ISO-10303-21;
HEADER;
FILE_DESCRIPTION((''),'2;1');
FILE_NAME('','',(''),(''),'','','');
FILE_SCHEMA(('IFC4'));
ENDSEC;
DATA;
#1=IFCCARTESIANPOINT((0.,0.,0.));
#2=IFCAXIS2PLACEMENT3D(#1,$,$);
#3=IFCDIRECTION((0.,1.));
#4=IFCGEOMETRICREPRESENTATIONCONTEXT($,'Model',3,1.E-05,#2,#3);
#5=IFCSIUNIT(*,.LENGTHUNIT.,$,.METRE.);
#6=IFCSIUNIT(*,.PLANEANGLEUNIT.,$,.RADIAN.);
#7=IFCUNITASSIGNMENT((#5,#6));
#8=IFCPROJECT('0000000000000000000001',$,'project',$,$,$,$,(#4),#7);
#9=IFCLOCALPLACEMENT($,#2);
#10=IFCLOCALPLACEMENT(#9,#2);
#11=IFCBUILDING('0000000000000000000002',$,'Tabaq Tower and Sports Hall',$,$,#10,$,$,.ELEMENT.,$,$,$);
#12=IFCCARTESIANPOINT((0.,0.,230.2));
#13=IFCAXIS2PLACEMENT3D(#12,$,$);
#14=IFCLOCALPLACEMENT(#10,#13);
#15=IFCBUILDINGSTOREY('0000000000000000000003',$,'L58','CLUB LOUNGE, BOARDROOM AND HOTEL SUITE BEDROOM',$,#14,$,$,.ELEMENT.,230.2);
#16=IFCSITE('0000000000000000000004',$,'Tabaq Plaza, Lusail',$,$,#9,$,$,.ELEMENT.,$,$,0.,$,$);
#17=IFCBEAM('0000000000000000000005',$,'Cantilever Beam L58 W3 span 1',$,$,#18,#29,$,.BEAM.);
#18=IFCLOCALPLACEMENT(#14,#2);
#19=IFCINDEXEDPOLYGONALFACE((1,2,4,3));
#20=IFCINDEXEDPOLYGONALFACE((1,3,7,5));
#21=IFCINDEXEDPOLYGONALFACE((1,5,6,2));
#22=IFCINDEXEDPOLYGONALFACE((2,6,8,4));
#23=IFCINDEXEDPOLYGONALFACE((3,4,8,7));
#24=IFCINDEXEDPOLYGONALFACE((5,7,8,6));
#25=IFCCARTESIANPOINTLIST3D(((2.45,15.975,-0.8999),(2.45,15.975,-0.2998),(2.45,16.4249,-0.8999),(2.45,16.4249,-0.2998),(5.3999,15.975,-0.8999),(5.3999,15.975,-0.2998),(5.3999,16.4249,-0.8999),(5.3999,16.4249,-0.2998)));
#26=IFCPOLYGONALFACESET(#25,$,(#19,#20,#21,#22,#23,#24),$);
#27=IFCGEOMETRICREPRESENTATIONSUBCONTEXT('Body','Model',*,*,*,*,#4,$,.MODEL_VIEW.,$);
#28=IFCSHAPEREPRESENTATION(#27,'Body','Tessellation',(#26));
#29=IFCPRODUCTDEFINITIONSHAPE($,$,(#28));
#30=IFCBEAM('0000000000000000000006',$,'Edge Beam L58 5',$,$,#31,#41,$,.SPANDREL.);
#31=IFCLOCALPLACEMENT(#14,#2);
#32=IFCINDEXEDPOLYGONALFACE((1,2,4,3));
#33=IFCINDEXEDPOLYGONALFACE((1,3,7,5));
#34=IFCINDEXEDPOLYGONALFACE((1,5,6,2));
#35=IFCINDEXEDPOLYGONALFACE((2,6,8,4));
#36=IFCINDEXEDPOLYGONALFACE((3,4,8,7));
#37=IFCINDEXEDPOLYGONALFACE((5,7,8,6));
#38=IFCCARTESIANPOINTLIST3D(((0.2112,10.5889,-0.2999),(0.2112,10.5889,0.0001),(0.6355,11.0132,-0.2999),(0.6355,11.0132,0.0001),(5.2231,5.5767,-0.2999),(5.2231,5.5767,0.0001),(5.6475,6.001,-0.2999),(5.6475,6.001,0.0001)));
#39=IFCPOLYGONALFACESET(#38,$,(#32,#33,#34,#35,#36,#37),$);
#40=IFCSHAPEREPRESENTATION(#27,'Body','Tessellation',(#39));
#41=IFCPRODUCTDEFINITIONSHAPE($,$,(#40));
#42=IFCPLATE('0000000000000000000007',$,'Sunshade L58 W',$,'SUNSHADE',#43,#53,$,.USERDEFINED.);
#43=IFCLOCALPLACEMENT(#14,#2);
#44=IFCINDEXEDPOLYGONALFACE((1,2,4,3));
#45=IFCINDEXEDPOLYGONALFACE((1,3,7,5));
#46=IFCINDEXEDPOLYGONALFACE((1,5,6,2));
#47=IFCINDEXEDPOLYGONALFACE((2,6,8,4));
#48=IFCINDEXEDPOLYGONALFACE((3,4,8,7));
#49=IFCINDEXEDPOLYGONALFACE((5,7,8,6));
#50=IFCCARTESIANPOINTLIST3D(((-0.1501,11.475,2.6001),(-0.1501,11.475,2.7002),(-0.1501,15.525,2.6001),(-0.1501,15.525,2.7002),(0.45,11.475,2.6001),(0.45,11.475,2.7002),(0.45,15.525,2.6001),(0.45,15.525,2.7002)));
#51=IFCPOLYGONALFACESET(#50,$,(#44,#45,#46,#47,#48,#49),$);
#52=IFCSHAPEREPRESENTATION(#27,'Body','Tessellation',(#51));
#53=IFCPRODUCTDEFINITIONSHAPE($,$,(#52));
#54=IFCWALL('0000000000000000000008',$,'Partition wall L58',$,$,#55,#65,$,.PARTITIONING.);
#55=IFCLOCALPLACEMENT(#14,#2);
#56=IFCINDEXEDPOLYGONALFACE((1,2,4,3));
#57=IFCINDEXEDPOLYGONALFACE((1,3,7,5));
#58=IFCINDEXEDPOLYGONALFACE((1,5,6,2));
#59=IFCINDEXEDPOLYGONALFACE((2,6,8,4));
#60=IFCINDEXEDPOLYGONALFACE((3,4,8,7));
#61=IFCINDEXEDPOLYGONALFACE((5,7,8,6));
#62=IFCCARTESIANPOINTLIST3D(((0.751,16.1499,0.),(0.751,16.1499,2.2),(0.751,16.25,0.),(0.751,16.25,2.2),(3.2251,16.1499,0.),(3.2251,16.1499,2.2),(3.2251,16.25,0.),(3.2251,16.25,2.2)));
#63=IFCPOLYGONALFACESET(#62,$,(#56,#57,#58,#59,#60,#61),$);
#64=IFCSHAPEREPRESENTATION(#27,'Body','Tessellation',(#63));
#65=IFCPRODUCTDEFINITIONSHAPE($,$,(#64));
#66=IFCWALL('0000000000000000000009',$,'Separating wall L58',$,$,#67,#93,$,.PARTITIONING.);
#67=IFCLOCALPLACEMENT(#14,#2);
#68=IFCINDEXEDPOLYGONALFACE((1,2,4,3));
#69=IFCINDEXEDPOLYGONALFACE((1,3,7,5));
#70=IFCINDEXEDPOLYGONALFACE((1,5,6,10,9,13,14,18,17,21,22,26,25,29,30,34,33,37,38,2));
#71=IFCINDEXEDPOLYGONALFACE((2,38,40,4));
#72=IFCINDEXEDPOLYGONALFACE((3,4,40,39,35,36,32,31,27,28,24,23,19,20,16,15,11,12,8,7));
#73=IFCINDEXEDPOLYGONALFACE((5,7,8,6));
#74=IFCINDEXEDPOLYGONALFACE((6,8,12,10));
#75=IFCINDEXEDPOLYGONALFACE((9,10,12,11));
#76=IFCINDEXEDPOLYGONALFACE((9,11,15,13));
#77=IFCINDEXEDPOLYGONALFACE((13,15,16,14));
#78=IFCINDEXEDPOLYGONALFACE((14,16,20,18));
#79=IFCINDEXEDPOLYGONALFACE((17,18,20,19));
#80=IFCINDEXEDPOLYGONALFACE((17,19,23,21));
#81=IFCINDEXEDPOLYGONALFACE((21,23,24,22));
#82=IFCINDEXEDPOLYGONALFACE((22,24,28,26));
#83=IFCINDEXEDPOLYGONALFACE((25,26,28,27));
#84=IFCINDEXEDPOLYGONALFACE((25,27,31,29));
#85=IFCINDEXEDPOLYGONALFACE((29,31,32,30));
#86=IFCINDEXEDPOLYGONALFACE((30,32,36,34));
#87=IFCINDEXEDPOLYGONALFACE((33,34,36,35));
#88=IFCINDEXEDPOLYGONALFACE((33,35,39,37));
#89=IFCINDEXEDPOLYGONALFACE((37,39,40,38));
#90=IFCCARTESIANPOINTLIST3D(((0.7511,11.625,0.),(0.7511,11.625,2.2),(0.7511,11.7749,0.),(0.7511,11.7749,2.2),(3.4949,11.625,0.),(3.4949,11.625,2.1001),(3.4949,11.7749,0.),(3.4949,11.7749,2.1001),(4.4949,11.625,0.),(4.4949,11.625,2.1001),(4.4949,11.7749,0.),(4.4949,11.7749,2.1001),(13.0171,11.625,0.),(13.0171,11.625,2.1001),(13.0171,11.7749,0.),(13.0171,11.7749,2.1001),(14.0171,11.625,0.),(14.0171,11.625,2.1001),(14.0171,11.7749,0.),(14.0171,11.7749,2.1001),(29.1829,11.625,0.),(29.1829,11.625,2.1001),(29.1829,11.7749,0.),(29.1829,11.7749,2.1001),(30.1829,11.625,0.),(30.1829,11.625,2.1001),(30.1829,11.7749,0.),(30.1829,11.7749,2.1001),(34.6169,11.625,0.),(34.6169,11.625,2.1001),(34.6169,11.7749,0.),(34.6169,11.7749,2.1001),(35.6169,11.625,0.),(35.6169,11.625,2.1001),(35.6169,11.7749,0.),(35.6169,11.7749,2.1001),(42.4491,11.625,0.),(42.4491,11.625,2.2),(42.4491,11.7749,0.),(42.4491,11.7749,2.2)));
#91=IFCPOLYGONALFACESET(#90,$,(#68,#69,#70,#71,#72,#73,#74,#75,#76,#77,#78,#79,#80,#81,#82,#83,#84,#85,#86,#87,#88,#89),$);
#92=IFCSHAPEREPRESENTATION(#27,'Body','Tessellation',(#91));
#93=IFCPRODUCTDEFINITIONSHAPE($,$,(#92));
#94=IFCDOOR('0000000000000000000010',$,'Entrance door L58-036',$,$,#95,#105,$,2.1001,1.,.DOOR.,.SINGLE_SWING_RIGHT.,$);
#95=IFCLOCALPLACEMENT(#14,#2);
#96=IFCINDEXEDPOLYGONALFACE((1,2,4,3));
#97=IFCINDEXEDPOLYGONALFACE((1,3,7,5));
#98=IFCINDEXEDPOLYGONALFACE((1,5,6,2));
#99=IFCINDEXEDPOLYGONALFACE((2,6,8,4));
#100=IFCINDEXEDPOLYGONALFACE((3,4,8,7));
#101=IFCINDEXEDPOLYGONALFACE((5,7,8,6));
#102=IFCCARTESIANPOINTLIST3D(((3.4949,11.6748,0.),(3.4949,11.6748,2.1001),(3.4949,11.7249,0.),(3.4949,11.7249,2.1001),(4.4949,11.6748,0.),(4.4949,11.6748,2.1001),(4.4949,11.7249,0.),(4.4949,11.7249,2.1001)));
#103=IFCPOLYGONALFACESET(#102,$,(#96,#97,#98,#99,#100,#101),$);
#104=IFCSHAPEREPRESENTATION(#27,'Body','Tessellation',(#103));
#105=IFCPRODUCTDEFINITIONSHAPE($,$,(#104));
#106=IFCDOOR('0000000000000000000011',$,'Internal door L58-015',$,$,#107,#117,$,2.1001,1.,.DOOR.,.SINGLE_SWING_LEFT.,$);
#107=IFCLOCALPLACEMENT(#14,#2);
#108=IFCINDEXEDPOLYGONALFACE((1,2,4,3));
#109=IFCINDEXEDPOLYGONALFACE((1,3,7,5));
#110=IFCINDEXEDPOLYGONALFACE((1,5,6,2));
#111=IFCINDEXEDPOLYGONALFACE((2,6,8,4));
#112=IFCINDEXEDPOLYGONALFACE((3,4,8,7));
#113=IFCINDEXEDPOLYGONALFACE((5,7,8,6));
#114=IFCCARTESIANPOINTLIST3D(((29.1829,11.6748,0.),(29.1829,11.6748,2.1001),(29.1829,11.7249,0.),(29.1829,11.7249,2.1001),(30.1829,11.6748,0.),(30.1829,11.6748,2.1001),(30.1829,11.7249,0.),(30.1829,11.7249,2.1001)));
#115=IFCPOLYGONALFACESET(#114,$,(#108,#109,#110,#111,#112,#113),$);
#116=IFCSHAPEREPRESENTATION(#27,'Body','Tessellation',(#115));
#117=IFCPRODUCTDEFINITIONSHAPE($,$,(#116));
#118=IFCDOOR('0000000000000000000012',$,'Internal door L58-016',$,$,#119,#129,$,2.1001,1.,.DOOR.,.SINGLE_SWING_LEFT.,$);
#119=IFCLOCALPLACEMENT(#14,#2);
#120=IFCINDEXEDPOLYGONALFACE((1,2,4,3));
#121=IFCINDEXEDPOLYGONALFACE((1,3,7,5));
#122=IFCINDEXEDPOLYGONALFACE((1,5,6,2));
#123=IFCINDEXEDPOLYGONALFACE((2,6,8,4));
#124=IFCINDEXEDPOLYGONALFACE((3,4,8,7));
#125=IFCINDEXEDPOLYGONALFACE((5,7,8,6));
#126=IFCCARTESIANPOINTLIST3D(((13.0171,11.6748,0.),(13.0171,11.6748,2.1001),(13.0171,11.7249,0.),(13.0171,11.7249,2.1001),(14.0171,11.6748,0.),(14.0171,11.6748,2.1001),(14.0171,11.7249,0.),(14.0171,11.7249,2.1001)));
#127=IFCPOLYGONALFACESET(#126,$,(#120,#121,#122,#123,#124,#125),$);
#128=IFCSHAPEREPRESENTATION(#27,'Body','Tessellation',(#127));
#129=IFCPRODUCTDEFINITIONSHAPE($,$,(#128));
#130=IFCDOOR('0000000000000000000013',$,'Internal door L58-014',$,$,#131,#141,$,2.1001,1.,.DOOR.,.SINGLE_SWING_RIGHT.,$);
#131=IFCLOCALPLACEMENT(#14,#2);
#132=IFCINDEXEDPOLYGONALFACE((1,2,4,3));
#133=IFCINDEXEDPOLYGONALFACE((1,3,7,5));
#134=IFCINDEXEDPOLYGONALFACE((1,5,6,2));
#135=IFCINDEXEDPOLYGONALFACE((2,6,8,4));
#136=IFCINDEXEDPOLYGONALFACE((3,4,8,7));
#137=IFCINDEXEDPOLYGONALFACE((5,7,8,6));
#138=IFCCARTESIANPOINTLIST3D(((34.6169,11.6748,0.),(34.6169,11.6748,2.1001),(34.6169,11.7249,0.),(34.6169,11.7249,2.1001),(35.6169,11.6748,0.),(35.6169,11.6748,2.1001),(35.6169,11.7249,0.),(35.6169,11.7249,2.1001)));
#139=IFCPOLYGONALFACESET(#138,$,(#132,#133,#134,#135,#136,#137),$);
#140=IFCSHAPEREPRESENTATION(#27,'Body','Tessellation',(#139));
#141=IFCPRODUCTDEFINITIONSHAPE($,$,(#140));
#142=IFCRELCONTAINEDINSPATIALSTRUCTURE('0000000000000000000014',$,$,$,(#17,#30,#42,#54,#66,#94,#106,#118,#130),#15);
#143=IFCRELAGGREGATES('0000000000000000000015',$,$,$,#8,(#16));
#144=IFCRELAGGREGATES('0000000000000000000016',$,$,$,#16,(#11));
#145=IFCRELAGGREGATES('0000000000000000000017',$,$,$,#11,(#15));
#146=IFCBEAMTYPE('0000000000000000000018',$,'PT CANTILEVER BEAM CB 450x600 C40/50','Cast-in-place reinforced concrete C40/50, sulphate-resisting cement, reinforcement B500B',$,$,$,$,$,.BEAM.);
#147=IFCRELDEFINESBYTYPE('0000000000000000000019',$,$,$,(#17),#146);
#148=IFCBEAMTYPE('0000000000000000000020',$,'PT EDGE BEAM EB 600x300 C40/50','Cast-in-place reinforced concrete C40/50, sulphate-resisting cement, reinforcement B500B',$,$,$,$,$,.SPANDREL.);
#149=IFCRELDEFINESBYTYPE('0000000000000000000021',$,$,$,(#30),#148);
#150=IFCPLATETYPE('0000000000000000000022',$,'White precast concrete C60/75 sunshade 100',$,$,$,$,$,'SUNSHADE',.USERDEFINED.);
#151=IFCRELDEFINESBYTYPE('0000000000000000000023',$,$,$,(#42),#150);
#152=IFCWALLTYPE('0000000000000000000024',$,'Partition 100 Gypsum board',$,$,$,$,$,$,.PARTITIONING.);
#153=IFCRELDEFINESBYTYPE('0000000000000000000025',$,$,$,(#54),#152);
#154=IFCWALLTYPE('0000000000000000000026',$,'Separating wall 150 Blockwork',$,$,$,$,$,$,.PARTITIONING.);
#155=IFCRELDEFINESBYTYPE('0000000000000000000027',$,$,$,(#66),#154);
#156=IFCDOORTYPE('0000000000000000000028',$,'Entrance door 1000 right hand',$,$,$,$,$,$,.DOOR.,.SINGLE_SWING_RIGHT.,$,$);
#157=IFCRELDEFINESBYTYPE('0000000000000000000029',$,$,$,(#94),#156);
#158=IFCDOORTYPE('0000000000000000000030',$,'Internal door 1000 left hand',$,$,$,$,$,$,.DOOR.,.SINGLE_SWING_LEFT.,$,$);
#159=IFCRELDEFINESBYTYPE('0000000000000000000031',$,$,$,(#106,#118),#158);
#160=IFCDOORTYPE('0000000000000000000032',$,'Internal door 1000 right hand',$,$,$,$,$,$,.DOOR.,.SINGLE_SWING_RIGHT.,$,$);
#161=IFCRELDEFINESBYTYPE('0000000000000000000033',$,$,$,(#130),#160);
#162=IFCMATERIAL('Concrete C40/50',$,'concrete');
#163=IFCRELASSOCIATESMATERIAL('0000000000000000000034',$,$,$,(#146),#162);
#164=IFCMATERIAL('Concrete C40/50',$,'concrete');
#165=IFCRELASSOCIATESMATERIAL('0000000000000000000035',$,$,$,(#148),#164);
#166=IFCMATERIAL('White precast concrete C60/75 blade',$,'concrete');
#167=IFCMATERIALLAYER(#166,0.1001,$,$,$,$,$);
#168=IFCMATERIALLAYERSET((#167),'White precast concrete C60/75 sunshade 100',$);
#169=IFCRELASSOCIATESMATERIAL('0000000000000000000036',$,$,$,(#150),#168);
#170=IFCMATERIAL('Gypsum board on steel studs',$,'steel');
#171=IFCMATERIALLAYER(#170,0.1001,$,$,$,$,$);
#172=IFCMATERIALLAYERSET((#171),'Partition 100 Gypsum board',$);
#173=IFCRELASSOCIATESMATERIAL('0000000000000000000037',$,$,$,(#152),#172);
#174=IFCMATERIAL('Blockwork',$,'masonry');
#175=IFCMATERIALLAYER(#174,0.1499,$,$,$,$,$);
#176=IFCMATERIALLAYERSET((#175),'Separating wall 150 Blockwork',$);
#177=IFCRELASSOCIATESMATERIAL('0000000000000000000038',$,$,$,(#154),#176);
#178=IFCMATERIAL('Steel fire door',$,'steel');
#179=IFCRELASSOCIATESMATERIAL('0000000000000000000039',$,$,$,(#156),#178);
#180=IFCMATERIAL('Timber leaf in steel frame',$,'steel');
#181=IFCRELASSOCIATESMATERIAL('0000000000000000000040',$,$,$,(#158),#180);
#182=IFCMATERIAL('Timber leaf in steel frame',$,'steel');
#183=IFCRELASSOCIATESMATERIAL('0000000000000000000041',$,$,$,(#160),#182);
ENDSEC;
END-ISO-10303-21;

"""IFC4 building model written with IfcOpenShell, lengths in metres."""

from ifc_helpers import new_model, si_unit, direction, frame, frame_2d, origin, origin_2d, place, context, subcontext, project, spatial, rectangle, extrude, material, layer, layer_set, material_profile, profile_set, type_object, element, fill, save


model = new_model("IFC4")

# Units and contexts
model_context = context("Model", 3, precision=1e-05, world=origin(), true_north=direction((0.0, 1.0)))
body_context = subcontext(model_context, "Body", "Model", "MODEL_VIEW")
ifc_project = project(units=[si_unit("LENGTHUNIT", "METRE"), si_unit("PLANEANGLEUNIT", "RADIAN")], contexts=[model_context])

# Site, building, storey
site_placement = place(None, origin())
site = spatial("IfcSite", under=ifc_project, at=site_placement, Name="Tabaq Plaza, Lusail", CompositionType="ELEMENT", RefElevation=0.0)
building_placement = place(site_placement, origin())
building = spatial("IfcBuilding", under=site, at=building_placement, Name="Tabaq Tower and Sports Hall", CompositionType="ELEMENT")
storey_placement = place(building_placement, frame((0.0, 0.0, 230.2)))
storey = spatial("IfcBuildingStorey", under=building, at=storey_placement, Name="L58", Description="CLUB LOUNGE, BOARDROOM AND HOTEL SUITE BEDROOM", CompositionType="ELEMENT", Elevation=230.2)

# Beams
ifc_material_1 = material(Name="Concrete C40/50", Category="concrete")
ifc_material_profile_1 = material_profile(ifc_material_1, rectangle(XDim=0.45, YDim=0.6001, at=origin_2d()), Name="CB 450x600")
ifc_profile_set_1 = profile_set([ifc_material_profile_1], Name="Concrete C40/50")
beam_type_1 = type_object("IfcBeamType", Name="PT CANTILEVER BEAM CB 450x600 C40/50", Description="Cast-in-place reinforced concrete C40/50, sulphate-resisting cement, reinforcement B500B", PredefinedType="BEAM", material=ifc_profile_set_1)
beam_1_placement = place(storey_placement, frame((2.45, 16.2, -0.5999), z_axis=(1.0, 0.0, 0.0), x_axis=(0.0, 1.0, 0.0)))
element("IfcBeam", 1, at=beam_1_placement, inside=storey, type_object=beam_type_1, Name="Cantilever Beam L58 W3 span 1", PredefinedType="BEAM", context=body_context, shape_type="SweptSolid", body=[
    extrude(rectangle(XDim=0.45, YDim=0.6001, at=origin_2d()), origin(), (0.0, 0.0, 1.0), 2.95),
])
ifc_material_2 = material(Name="Concrete C40/50", Category="concrete")
ifc_material_profile_2 = material_profile(ifc_material_2, rectangle(XDim=0.6001, YDim=0.3, at=origin_2d()), Name="EB 600x300")
ifc_profile_set_2 = profile_set([ifc_material_profile_2], Name="Concrete C40/50")
beam_type_2 = type_object("IfcBeamType", Name="PT EDGE BEAM EB 600x300 C40/50", Description="Cast-in-place reinforced concrete C40/50, sulphate-resisting cement, reinforcement B500B", PredefinedType="SPANDREL", material=ifc_profile_set_2)
beam_2_placement = place(storey_placement, frame((0.4233, 10.801, -0.1499), z_axis=(0.70709, -0.707124, 0.0), x_axis=(0.707124, 0.70709, 0.0)))
element("IfcBeam", 2, at=beam_2_placement, inside=storey, type_object=beam_type_2, Name="Edge Beam L58 5", PredefinedType="SPANDREL", context=body_context, shape_type="SweptSolid", body=[
    extrude(rectangle(XDim=0.6001, YDim=0.3, at=origin_2d()), origin(), (0.0, 0.0, 1.0), 7.0881),
])

# Plate
ifc_material_3 = material(Name="White precast concrete C60/75 blade", Category="concrete")
ifc_layer_1 = layer(ifc_material_3, 0.1001)
ifc_layer_set_1 = layer_set([ifc_layer_1], Name="White precast concrete C60/75 sunshade 100")
plate_type = type_object("IfcPlateType", Name="White precast concrete C60/75 sunshade 100", ElementType="SUNSHADE", PredefinedType="USERDEFINED", material=ifc_layer_set_1)
plate_placement = place(storey_placement, frame((0.1499, 13.5, 2.6001), z_axis=(0.0, 0.0, 1.0), x_axis=(0.0, -1.0, 0.0)))
element("IfcPlate", 3, at=plate_placement, inside=storey, type_object=plate_type, Name="Sunshade L58 W", ObjectType="SUNSHADE", PredefinedType="USERDEFINED", context=body_context, shape_type="SweptSolid", body=[
    extrude(rectangle(XDim=4.05, YDim=0.6001, at=origin_2d()), origin(), (0.0, 0.0, 1.0), 0.1001),
])

# Wall
ifc_material_4 = material(Name="Gypsum board on steel studs", Category="steel")
ifc_layer_2 = layer(ifc_material_4, 0.1001)
ifc_layer_set_2 = layer_set([ifc_layer_2], Name="Partition 100 Gypsum board")
wall_type_1 = type_object("IfcWallType", Name="Partition 100 Gypsum board", PredefinedType="PARTITIONING", material=ifc_layer_set_2)
wall_1_placement = place(storey_placement, frame((3.2251, 16.2, 0.0), z_axis=(0.0, 0.0, 1.0), x_axis=(-1.0, 0.0, 0.0)))
element("IfcWall", 4, at=wall_1_placement, inside=storey, type_object=wall_type_1, Name="Partition wall L58", PredefinedType="PARTITIONING", context=body_context, shape_type="SweptSolid", body=[
    extrude(rectangle(XDim=2.4741, YDim=0.1001, at=frame_2d((1.2371, 0.0))), origin(), (0.0, 0.0, 1.0), 2.2),
])

# Wall, openings, doors
ifc_material_5 = material(Name="Blockwork", Category="masonry")
ifc_layer_3 = layer(ifc_material_5, 0.1499)
ifc_layer_set_3 = layer_set([ifc_layer_3], Name="Separating wall 150 Blockwork")
wall_type_2 = type_object("IfcWallType", Name="Separating wall 150 Blockwork", PredefinedType="PARTITIONING", material=ifc_layer_set_3)
wall_2_placement = place(storey_placement, frame((0.751, 11.7, 0.0), z_axis=(0.0, 0.0, 1.0), x_axis=(1.0, 0.0, 0.0)))
wall_2 = element("IfcWall", 5, at=wall_2_placement, inside=storey, type_object=wall_type_2, Name="Separating wall L58", PredefinedType="PARTITIONING", context=body_context, shape_type="SweptSolid", body=[
    extrude(rectangle(XDim=41.698, YDim=0.1499, at=frame_2d((20.8491, 0.0))), origin(), (0.0, 0.0, 1.0), 2.2),
])
opening_1_placement = place(wall_2_placement, frame((33.866, 0.0, 0.0)))
opening_1 = element("IfcOpeningElement", 6, at=opening_1_placement, cuts=wall_2, PredefinedType="OPENING", context=body_context, shape_type="SweptSolid", body=[
    extrude(rectangle(XDim=1.0, YDim=2.1001, at=frame_2d((0.5, 1.05))), frame((0.0, 0.075, 0.0), z_axis=(0.0, -1.0, 0.0), x_axis=(1.0, 0.0, 0.0)), (0.0, 0.0, 1.0), 0.1499),
])
opening_2_placement = place(wall_2_placement, frame((28.4319, 0.0, 0.0)))
opening_2 = element("IfcOpeningElement", 7, at=opening_2_placement, cuts=wall_2, PredefinedType="OPENING", context=body_context, shape_type="SweptSolid", body=[
    extrude(rectangle(XDim=1.0, YDim=2.1001, at=frame_2d((0.5, 1.05))), frame((0.0, 0.075, 0.0), z_axis=(0.0, -1.0, 0.0), x_axis=(1.0, 0.0, 0.0)), (0.0, 0.0, 1.0), 0.1499),
])
opening_3_placement = place(wall_2_placement, frame((12.2661, 0.0, 0.0)))
opening_3 = element("IfcOpeningElement", 8, at=opening_3_placement, cuts=wall_2, PredefinedType="OPENING", context=body_context, shape_type="SweptSolid", body=[
    extrude(rectangle(XDim=1.0, YDim=2.1001, at=frame_2d((0.5, 1.05))), frame((0.0, 0.075, 0.0), z_axis=(0.0, -1.0, 0.0), x_axis=(1.0, 0.0, 0.0)), (0.0, 0.0, 1.0), 0.1499),
])
opening_4_placement = place(wall_2_placement, frame((2.7439, 0.0, 0.0)))
opening_4 = element("IfcOpeningElement", 9, at=opening_4_placement, cuts=wall_2, PredefinedType="OPENING", context=body_context, shape_type="SweptSolid", body=[
    extrude(rectangle(XDim=1.0, YDim=2.1001, at=frame_2d((0.5, 1.05))), frame((0.0, 0.075, 0.0), z_axis=(0.0, -1.0, 0.0), x_axis=(1.0, 0.0, 0.0)), (0.0, 0.0, 1.0), 0.1499),
])
ifc_material_6 = material(Name="Steel fire door", Category="steel")
door_type_1 = type_object("IfcDoorType", Name="Entrance door 1000 right hand", OperationType="SINGLE_SWING_RIGHT", PredefinedType="DOOR", material=ifc_material_6)
door_1_placement = place(opening_4_placement, origin())
door_1 = element("IfcDoor", 10, at=door_1_placement, inside=storey, type_object=door_type_1, Name="Entrance door L58-036", OperationType="SINGLE_SWING_RIGHT", OverallHeight=2.1001, OverallWidth=1.0, PredefinedType="DOOR", context=body_context, shape_type="SweptSolid", body=[
    extrude(rectangle(XDim=1.0, YDim=2.1001, at=frame_2d((0.5, 1.05))), frame((0.0, 0.0249, 0.0), z_axis=(0.0, -1.0, 0.0), x_axis=(1.0, 0.0, 0.0)), (0.0, 0.0, 1.0), 0.05),
])
fill(opening_4, door_1)
ifc_material_7 = material(Name="Timber leaf in steel frame", Category="steel")
door_type_2 = type_object("IfcDoorType", Name="Internal door 1000 left hand", OperationType="SINGLE_SWING_LEFT", PredefinedType="DOOR", material=ifc_material_7)
door_2_placement = place(opening_2_placement, origin())
door_2 = element("IfcDoor", 11, at=door_2_placement, inside=storey, type_object=door_type_2, Name="Internal door L58-015", OperationType="SINGLE_SWING_LEFT", OverallHeight=2.1001, OverallWidth=1.0, PredefinedType="DOOR", context=body_context, shape_type="SweptSolid", body=[
    extrude(rectangle(XDim=1.0, YDim=2.1001, at=frame_2d((0.5, 1.05))), frame((0.0, 0.0249, 0.0), z_axis=(0.0, -1.0, 0.0), x_axis=(1.0, 0.0, 0.0)), (0.0, 0.0, 1.0), 0.05),
])
fill(opening_2, door_2)
door_3_placement = place(opening_3_placement, origin())
door_3 = element("IfcDoor", 12, at=door_3_placement, inside=storey, type_object=door_type_2, Name="Internal door L58-016", OperationType="SINGLE_SWING_LEFT", OverallHeight=2.1001, OverallWidth=1.0, PredefinedType="DOOR", context=body_context, shape_type="SweptSolid", body=[
    extrude(rectangle(XDim=1.0, YDim=2.1001, at=frame_2d((0.5, 1.05))), frame((0.0, 0.0249, 0.0), z_axis=(0.0, -1.0, 0.0), x_axis=(1.0, 0.0, 0.0)), (0.0, 0.0, 1.0), 0.05),
])
fill(opening_3, door_3)
ifc_material_8 = material(Name="Timber leaf in steel frame", Category="steel")
door_type_3 = type_object("IfcDoorType", Name="Internal door 1000 right hand", OperationType="SINGLE_SWING_RIGHT", PredefinedType="DOOR", material=ifc_material_8)
door_4_placement = place(opening_1_placement, origin())
door_4 = element("IfcDoor", 13, at=door_4_placement, inside=storey, type_object=door_type_3, Name="Internal door L58-014", OperationType="SINGLE_SWING_RIGHT", OverallHeight=2.1001, OverallWidth=1.0, PredefinedType="DOOR", context=body_context, shape_type="SweptSolid", body=[
    extrude(rectangle(XDim=1.0, YDim=2.1001, at=frame_2d((0.5, 1.05))), frame((0.0, 0.0249, 0.0), z_axis=(0.0, -1.0, 0.0), x_axis=(1.0, 0.0, 0.0)), (0.0, 0.0, 1.0), 0.05),
])
fill(opening_1, door_4)

save(model, "model.ifc")
